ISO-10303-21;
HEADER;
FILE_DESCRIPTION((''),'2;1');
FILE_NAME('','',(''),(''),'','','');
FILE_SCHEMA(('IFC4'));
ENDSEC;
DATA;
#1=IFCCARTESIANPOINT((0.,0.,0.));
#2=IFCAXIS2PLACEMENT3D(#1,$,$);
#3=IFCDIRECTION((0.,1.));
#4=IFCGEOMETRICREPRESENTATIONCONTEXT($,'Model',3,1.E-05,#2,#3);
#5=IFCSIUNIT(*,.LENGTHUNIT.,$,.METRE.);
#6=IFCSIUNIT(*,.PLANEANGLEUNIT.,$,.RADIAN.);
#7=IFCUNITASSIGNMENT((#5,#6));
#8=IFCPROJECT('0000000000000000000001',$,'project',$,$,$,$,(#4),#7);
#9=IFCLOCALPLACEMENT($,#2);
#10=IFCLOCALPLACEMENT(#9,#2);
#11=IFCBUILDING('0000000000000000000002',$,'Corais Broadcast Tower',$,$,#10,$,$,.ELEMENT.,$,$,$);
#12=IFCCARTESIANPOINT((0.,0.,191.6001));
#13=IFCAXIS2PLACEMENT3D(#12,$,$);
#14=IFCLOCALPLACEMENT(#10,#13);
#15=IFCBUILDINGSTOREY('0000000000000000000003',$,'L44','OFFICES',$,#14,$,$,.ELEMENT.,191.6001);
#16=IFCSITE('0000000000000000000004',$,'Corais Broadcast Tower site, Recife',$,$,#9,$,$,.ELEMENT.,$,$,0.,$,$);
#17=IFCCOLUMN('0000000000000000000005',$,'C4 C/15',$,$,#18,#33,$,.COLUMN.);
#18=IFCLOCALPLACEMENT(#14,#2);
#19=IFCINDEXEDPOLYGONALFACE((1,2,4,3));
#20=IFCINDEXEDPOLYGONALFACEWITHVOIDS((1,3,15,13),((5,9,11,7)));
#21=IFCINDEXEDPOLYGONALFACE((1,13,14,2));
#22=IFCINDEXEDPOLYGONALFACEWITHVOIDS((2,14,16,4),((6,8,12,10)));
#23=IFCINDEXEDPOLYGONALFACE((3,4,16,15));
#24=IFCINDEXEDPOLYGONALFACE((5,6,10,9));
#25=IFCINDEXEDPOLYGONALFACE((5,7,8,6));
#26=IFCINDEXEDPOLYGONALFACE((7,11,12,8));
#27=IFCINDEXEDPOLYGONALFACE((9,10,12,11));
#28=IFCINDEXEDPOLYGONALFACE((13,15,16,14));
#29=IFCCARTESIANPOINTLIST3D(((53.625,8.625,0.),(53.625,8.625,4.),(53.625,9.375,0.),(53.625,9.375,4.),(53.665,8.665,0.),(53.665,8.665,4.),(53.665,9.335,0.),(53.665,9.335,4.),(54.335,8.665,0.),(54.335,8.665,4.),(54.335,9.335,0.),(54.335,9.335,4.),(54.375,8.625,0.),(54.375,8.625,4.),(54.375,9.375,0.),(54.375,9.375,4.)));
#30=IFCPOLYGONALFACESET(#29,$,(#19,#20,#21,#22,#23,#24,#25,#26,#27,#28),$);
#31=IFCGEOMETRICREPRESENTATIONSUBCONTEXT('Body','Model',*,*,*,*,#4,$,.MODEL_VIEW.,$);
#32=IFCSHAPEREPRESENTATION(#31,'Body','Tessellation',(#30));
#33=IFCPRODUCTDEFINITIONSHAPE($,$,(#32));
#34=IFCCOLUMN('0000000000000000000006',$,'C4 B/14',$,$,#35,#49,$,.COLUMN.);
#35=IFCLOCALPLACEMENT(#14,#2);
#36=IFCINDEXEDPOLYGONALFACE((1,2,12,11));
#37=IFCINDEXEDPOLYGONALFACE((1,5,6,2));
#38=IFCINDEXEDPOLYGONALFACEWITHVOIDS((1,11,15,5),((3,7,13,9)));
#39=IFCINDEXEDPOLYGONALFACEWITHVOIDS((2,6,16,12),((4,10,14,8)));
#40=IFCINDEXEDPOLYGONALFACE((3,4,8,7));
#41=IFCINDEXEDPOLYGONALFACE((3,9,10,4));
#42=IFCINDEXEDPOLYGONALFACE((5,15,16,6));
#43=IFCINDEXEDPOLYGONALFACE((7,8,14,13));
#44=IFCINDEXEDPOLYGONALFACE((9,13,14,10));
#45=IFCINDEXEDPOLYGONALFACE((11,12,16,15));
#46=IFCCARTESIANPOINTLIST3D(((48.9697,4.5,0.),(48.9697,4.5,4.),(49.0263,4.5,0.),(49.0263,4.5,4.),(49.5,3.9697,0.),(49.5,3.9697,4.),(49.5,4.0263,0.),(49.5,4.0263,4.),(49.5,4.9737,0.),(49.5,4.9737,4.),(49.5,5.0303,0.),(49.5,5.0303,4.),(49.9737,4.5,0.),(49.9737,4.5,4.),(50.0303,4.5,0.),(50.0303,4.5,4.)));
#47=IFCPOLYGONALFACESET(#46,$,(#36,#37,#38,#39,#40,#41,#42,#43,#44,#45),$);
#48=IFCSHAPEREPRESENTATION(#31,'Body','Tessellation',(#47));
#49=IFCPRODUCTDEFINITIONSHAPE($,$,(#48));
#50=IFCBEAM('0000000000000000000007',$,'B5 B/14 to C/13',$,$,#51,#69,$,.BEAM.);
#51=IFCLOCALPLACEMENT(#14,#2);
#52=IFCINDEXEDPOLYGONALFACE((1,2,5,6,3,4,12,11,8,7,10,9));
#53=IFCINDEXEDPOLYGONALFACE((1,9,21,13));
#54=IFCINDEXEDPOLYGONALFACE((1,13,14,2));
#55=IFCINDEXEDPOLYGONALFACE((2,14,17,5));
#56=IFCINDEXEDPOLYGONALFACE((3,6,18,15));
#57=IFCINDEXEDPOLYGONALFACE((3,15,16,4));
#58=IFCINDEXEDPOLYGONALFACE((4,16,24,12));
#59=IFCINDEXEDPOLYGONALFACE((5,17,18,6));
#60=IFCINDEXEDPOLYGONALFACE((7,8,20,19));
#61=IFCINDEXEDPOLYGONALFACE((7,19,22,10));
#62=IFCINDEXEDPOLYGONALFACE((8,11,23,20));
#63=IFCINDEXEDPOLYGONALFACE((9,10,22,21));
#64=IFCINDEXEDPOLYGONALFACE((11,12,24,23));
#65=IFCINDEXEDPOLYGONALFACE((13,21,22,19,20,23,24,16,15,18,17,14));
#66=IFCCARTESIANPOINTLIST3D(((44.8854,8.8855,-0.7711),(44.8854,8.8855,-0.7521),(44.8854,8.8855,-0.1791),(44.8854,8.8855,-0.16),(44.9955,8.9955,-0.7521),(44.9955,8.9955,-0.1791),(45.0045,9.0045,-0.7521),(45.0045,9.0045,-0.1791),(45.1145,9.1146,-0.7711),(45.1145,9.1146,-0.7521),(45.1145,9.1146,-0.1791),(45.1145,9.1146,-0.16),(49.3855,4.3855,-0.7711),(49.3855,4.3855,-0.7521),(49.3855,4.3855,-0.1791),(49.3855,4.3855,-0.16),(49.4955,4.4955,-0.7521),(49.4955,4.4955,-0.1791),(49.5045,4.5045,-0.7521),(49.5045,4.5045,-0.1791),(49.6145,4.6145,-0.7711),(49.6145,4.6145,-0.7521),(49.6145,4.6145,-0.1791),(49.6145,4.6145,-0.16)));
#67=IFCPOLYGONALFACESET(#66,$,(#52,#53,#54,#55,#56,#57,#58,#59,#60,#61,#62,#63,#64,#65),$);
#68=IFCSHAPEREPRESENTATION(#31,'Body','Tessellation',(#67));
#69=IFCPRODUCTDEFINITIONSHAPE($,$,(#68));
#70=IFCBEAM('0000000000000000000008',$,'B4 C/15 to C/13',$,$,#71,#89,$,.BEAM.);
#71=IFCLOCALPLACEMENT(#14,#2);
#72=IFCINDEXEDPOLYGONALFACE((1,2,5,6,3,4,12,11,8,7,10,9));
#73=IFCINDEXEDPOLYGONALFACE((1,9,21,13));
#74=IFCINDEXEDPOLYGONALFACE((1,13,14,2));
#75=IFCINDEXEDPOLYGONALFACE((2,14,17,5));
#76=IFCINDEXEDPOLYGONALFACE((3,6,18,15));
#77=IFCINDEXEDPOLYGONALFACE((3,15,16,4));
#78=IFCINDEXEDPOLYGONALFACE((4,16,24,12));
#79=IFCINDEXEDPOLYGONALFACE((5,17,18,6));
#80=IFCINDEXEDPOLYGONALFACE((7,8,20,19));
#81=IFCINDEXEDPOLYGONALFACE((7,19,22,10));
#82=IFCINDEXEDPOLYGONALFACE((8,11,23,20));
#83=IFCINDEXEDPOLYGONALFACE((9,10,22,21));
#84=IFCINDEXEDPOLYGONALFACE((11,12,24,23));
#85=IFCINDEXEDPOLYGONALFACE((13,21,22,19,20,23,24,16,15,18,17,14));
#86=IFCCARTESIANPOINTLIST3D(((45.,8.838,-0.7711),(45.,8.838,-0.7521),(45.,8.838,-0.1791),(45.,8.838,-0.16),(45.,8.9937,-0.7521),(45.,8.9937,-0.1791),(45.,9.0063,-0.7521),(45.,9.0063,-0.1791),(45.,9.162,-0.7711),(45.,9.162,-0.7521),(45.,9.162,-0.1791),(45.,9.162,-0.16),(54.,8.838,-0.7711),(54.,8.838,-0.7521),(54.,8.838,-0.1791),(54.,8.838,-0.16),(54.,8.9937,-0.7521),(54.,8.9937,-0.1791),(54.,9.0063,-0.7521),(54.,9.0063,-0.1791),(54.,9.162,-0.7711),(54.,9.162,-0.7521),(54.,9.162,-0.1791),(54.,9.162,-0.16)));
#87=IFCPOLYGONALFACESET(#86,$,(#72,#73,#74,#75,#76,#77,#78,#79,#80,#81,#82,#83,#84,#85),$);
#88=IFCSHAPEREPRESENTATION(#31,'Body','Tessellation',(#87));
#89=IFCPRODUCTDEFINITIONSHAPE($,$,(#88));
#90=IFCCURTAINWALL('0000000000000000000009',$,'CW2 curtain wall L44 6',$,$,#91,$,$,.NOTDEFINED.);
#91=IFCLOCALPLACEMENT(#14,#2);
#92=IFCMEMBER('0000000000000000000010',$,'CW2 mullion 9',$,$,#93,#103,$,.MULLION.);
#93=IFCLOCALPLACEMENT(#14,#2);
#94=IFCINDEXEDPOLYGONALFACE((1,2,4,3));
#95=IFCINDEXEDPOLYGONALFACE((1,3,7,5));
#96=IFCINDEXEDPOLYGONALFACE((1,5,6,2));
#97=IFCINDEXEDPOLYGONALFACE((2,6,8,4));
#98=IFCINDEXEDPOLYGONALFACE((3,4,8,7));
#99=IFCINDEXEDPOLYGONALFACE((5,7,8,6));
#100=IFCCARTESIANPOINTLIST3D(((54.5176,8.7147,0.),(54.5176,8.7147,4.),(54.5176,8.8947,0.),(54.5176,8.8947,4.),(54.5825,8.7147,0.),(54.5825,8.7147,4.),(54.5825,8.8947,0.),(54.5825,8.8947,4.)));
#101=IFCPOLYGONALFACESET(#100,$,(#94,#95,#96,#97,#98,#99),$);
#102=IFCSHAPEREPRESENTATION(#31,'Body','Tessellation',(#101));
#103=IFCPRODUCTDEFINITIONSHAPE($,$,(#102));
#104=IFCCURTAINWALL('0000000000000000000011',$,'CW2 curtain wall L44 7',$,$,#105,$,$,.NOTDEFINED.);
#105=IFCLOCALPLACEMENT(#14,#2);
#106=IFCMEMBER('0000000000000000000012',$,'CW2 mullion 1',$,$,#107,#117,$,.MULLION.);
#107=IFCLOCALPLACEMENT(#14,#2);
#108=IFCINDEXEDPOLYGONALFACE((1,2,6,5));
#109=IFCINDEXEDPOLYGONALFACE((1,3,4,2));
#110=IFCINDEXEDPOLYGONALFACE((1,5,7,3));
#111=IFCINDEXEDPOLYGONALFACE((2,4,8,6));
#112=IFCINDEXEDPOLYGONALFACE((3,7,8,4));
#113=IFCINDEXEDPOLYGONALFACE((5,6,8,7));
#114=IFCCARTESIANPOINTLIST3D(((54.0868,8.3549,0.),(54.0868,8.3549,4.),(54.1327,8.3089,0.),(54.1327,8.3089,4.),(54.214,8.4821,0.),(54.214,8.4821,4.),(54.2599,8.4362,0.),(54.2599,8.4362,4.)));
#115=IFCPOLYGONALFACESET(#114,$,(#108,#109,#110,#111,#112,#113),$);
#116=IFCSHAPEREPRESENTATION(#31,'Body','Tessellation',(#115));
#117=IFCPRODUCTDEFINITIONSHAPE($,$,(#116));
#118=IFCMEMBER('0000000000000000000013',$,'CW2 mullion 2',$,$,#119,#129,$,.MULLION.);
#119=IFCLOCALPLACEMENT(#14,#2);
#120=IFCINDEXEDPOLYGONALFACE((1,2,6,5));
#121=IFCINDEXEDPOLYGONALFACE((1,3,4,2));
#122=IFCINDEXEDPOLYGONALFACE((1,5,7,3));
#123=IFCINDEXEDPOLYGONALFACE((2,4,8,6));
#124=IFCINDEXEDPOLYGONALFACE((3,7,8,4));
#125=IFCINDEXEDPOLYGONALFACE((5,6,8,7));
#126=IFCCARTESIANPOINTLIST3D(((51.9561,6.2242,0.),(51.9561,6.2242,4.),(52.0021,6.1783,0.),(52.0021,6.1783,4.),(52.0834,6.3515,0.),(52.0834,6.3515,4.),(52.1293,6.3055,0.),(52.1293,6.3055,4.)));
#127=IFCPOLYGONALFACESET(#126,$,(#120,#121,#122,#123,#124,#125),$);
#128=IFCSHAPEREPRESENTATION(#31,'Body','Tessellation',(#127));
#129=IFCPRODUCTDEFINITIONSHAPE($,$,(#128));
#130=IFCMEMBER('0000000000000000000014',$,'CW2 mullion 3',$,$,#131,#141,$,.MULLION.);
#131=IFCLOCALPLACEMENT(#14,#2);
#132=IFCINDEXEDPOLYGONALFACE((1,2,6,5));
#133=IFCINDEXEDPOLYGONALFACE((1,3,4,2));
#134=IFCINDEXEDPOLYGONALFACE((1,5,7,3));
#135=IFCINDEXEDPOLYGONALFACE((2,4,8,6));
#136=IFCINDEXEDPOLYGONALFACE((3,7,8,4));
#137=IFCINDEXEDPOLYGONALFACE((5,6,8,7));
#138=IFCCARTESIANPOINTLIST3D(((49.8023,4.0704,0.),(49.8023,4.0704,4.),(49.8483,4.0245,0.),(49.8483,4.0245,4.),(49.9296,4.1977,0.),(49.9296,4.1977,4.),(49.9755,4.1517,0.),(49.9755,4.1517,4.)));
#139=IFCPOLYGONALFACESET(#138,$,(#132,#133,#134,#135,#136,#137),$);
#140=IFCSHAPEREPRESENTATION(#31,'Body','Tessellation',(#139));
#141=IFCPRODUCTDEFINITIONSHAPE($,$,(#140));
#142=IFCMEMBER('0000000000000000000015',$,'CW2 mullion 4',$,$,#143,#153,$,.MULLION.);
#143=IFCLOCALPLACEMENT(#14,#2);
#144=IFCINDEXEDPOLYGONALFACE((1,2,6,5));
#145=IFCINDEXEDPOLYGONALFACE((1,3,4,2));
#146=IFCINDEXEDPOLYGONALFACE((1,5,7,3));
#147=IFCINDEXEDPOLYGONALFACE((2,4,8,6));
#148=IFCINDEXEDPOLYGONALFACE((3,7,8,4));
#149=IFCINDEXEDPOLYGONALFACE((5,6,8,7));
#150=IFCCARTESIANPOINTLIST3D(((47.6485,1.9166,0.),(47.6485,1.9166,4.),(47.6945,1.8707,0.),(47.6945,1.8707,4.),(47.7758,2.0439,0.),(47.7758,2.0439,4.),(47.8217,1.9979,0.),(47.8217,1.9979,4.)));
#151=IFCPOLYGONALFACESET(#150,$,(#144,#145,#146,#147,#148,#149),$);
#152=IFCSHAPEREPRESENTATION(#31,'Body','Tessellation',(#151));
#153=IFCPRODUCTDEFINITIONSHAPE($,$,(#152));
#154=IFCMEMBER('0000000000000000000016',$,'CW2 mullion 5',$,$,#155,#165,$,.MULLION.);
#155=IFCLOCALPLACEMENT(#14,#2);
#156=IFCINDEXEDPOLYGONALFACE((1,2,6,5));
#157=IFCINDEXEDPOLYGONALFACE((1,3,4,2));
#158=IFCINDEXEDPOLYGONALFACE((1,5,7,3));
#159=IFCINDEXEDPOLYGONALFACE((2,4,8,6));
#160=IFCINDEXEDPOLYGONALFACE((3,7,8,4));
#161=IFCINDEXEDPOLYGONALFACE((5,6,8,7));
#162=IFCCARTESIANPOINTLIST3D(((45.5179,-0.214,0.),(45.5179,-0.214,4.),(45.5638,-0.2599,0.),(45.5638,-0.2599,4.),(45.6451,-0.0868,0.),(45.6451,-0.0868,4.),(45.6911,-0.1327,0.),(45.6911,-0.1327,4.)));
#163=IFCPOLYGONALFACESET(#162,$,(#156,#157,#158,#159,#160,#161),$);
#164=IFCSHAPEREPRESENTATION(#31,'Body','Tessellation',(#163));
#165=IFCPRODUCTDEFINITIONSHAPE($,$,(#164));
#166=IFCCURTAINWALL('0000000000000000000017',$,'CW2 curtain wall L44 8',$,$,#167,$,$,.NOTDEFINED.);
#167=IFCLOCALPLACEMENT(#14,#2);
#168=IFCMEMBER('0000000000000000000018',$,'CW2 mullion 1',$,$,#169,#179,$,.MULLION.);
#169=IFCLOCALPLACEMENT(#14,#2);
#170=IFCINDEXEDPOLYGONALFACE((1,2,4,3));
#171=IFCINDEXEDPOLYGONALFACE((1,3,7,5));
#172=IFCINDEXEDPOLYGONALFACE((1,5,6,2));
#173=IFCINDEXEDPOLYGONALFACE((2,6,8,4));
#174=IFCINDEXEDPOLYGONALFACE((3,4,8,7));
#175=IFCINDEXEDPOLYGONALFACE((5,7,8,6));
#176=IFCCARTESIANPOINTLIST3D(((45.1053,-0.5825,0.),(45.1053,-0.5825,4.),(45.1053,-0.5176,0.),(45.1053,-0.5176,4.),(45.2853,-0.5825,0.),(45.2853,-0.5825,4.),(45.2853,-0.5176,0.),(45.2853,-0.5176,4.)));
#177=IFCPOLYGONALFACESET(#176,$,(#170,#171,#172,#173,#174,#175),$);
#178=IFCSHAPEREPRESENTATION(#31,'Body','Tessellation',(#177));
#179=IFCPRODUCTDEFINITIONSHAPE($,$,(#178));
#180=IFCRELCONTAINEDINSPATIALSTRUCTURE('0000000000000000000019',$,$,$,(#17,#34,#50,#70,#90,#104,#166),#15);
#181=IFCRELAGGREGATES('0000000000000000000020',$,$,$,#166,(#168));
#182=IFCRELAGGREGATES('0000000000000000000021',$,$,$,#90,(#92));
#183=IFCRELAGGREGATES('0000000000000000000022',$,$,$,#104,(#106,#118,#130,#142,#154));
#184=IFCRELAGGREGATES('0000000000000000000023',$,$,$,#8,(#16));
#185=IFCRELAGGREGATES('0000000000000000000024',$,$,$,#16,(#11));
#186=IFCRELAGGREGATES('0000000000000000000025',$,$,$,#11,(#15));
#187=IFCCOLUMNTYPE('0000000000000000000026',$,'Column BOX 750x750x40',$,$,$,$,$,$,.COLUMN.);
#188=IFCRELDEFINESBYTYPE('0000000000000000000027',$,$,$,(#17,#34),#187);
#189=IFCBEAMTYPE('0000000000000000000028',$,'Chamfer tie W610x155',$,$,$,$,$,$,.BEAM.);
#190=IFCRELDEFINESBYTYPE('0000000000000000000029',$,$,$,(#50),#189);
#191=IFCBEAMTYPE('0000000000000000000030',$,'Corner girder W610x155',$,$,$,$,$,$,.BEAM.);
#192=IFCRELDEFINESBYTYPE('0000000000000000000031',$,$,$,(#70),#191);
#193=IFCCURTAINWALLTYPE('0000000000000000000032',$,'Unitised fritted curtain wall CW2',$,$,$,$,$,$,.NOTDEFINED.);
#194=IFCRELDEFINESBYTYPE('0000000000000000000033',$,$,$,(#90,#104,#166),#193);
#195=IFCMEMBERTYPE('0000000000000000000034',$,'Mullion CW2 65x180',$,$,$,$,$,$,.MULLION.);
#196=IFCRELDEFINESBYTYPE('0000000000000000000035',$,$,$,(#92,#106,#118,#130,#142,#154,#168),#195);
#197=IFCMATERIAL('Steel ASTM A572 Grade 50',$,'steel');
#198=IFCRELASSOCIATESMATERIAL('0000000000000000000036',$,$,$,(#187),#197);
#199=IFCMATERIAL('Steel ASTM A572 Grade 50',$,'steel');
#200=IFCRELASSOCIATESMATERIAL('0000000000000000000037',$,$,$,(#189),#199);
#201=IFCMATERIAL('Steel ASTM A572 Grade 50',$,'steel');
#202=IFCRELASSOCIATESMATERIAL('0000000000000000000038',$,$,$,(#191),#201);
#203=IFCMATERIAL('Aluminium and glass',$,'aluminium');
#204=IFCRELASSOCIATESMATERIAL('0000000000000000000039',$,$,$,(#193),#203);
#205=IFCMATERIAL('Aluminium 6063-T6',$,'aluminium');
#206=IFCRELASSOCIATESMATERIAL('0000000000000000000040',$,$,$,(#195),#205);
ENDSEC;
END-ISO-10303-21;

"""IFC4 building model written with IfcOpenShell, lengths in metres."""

from ifc_helpers import new_model, si_unit, direction, frame, origin, origin_2d, place, context, subcontext, project, spatial, rectangle, hollow_rectangle, i_section, extrude, material, material_profile, profile_set, type_object, element, aggregate, save


model = new_model("IFC4")

# Units and contexts
model_context = context("Model", 3, precision=1e-05, world=origin(), true_north=direction((0.0, 1.0)))
body_context = subcontext(model_context, "Body", "Model", "MODEL_VIEW")
ifc_project = project(units=[si_unit("LENGTHUNIT", "METRE"), si_unit("PLANEANGLEUNIT", "RADIAN")], contexts=[model_context])

# Site, building, storey
site_placement = place(None, origin())
site = spatial("IfcSite", under=ifc_project, at=site_placement, Name="Corais Broadcast Tower site, Recife", CompositionType="ELEMENT", RefElevation=0.0)
building_placement = place(site_placement, origin())
building = spatial("IfcBuilding", under=site, at=building_placement, Name="Corais Broadcast Tower", CompositionType="ELEMENT")
storey_placement = place(building_placement, frame((0.0, 0.0, 191.6001)))
storey = spatial("IfcBuildingStorey", under=building, at=storey_placement, Name="L44", Description="OFFICES", CompositionType="ELEMENT", Elevation=191.6001)

# Columns
ifc_material_1 = material(Name="Steel ASTM A572 Grade 50", Category="steel")
ifc_material_profile_1 = material_profile(ifc_material_1, hollow_rectangle(XDim=0.75, YDim=0.75, WallThickness=0.04, at=origin_2d()), Name="BOX 750x750x40")
ifc_profile_set_1 = profile_set([ifc_material_profile_1], Name="Steel ASTM A572 Grade 50")
column_type = type_object("IfcColumnType", Name="Column BOX 750x750x40", PredefinedType="COLUMN", material=ifc_profile_set_1)
for number, where, z_axis, x_axis, name in (
    (1, (54.0, 9.0, 0.0), (0.0, 0.0, 1.0), (1.0, 0.0, 0.0), "C4 C/15"),
    (2, (49.5, 4.5, 0.0), (0.0, 0.0, 1.0), (0.707107, 0.707107, 0.0), "C4 B/14"),
):
    element("IfcColumn", number, at=place(storey_placement, frame(where, z_axis=z_axis, x_axis=x_axis)), inside=storey, type_object=column_type, Name=name, PredefinedType="COLUMN", context=body_context, shape_type="SweptSolid", body=[
        extrude(hollow_rectangle(XDim=0.75, YDim=0.75, WallThickness=0.04, at=origin_2d()), origin(), (0.0, 0.0, 1.0), 4.0),
    ])

# Beams
ifc_material_2 = material(Name="Steel ASTM A572 Grade 50", Category="steel")
ifc_material_profile_2 = material_profile(ifc_material_2, i_section(OverallWidth=0.324, OverallDepth=0.6111, WebThickness=0.0127, FlangeThickness=0.019, at=origin_2d()), Name="W610x155")
ifc_profile_set_2 = profile_set([ifc_material_profile_2], Name="Steel ASTM A572 Grade 50")
beam_type_1 = type_object("IfcBeamType", Name="Chamfer tie W610x155", PredefinedType="BEAM", material=ifc_profile_set_2)
beam_1_placement = place(storey_placement, frame((49.5, 4.5, -0.4656), z_axis=(-0.707107, 0.707107, 0.0), x_axis=(-0.707107, -0.707107, 0.0)))
element("IfcBeam", 3, at=beam_1_placement, inside=storey, type_object=beam_type_1, Name="B5 B/14 to C/13", PredefinedType="BEAM", context=body_context, shape_type="SweptSolid", body=[
    extrude(i_section(OverallWidth=0.324, OverallDepth=0.6111, WebThickness=0.0127, FlangeThickness=0.019, at=origin_2d()), origin(), (0.0, 0.0, 1.0), 6.364),
])
ifc_material_3 = material(Name="Steel ASTM A572 Grade 50", Category="steel")
ifc_material_profile_3 = material_profile(ifc_material_3, i_section(OverallWidth=0.324, OverallDepth=0.6111, WebThickness=0.0127, FlangeThickness=0.019, at=origin_2d()), Name="W610x155")
ifc_profile_set_3 = profile_set([ifc_material_profile_3], Name="Steel ASTM A572 Grade 50")
beam_type_2 = type_object("IfcBeamType", Name="Corner girder W610x155", PredefinedType="BEAM", material=ifc_profile_set_3)
beam_2_placement = place(storey_placement, frame((54.0, 9.0, -0.4656), z_axis=(-1.0, 0.0, 0.0), x_axis=(0.0, -1.0, 0.0)))
element("IfcBeam", 4, at=beam_2_placement, inside=storey, type_object=beam_type_2, Name="B4 C/15 to C/13", PredefinedType="BEAM", context=body_context, shape_type="SweptSolid", body=[
    extrude(i_section(OverallWidth=0.324, OverallDepth=0.6111, WebThickness=0.0127, FlangeThickness=0.019, at=origin_2d()), origin(), (0.0, 0.0, 1.0), 9.0),
])

# Curtain wall, member
ifc_material_4 = material(Name="Aluminium and glass", Category="aluminium")
curtain_wall_type = type_object("IfcCurtainWallType", Name="Unitised fritted curtain wall CW2", PredefinedType="NOTDEFINED", material=ifc_material_4)
curtain_wall_1_placement = place(storey_placement, origin())
curtain_wall_1 = element("IfcCurtainWall", 5, at=curtain_wall_1_placement, inside=storey, type_object=curtain_wall_type, Name="CW2 curtain wall L44 6", PredefinedType="NOTDEFINED")
ifc_material_5 = material(Name="Aluminium 6063-T6", Category="aluminium")
ifc_material_profile_4 = material_profile(ifc_material_5, rectangle(XDim=0.0649, YDim=0.1799, at=origin_2d()), Name="Mullion CW2 65x180")
ifc_profile_set_4 = profile_set([ifc_material_profile_4], Name="Aluminium 6063-T6")
member_type_1 = type_object("IfcMemberType", Name="Mullion CW2 65x180", PredefinedType="MULLION", material=ifc_profile_set_4)
member_1_placement = place(storey_placement, frame((54.55, 8.8047, 0.0), z_axis=(0.0, 0.0, 1.0), x_axis=(1.0, 0.0, 0.0)))
member_1 = element("IfcMember", 6, at=member_1_placement, type_object=member_type_1, Name="CW2 mullion 9", PredefinedType="MULLION", context=body_context, shape_type="SweptSolid", body=[
    extrude(rectangle(XDim=0.0649, YDim=0.1799, at=origin_2d()), origin(), (0.0, 0.0, 1.0), 4.0),
])

# Curtain wall, members
curtain_wall_2_placement = place(storey_placement, origin())
curtain_wall_2 = element("IfcCurtainWall", 7, at=curtain_wall_2_placement, inside=storey, type_object=curtain_wall_type, Name="CW2 curtain wall L44 7", PredefinedType="NOTDEFINED")
member_2_placement = place(storey_placement, frame((54.1733, 8.3955, 0.0), z_axis=(0.0, 0.0, 1.0), x_axis=(0.707107, -0.707107, 0.0)))
member_2 = element("IfcMember", 8, at=member_2_placement, type_object=member_type_1, Name="CW2 mullion 1", PredefinedType="MULLION", context=body_context, shape_type="SweptSolid", body=[
    extrude(rectangle(XDim=0.0649, YDim=0.1799, at=origin_2d()), origin(), (0.0, 0.0, 1.0), 4.0),
])
member_3_placement = place(storey_placement, frame((52.0427, 6.2649, 0.0), z_axis=(0.0, 0.0, 1.0), x_axis=(0.707107, -0.707107, 0.0)))
member_3 = element("IfcMember", 9, at=member_3_placement, type_object=member_type_1, Name="CW2 mullion 2", PredefinedType="MULLION", context=body_context, shape_type="SweptSolid", body=[
    extrude(rectangle(XDim=0.0649, YDim=0.1799, at=origin_2d()), origin(), (0.0, 0.0, 1.0), 4.0),
])
member_4_placement = place(storey_placement, frame((49.8889, 4.1111, 0.0), z_axis=(0.0, 0.0, 1.0), x_axis=(0.707107, -0.707107, 0.0)))
member_4 = element("IfcMember", 10, at=member_4_placement, type_object=member_type_1, Name="CW2 mullion 3", PredefinedType="MULLION", context=body_context, shape_type="SweptSolid", body=[
    extrude(rectangle(XDim=0.0649, YDim=0.1799, at=origin_2d()), origin(), (0.0, 0.0, 1.0), 4.0),
])
member_5_placement = place(storey_placement, frame((47.7351, 1.9573, 0.0), z_axis=(0.0, 0.0, 1.0), x_axis=(0.707107, -0.707107, 0.0)))
member_5 = element("IfcMember", 11, at=member_5_placement, type_object=member_type_1, Name="CW2 mullion 4", PredefinedType="MULLION", context=body_context, shape_type="SweptSolid", body=[
    extrude(rectangle(XDim=0.0649, YDim=0.1799, at=origin_2d()), origin(), (0.0, 0.0, 1.0), 4.0),
])
member_6_placement = place(storey_placement, frame((45.6045, -0.1733, 0.0), z_axis=(0.0, 0.0, 1.0), x_axis=(0.707107, -0.707107, 0.0)))
member_6 = element("IfcMember", 12, at=member_6_placement, type_object=member_type_1, Name="CW2 mullion 5", PredefinedType="MULLION", context=body_context, shape_type="SweptSolid", body=[
    extrude(rectangle(XDim=0.0649, YDim=0.1799, at=origin_2d()), origin(), (0.0, 0.0, 1.0), 4.0),
])

# Curtain wall, member
curtain_wall_3_placement = place(storey_placement, origin())
curtain_wall_3 = element("IfcCurtainWall", 13, at=curtain_wall_3_placement, inside=storey, type_object=curtain_wall_type, Name="CW2 curtain wall L44 8", PredefinedType="NOTDEFINED")
member_7_placement = place(storey_placement, frame((45.1953, -0.55, 0.0), z_axis=(0.0, 0.0, 1.0), x_axis=(0.0, -1.0, 0.0)))
member_7 = element("IfcMember", 14, at=member_7_placement, type_object=member_type_1, Name="CW2 mullion 1", PredefinedType="MULLION", context=body_context, shape_type="SweptSolid", body=[
    extrude(rectangle(XDim=0.0649, YDim=0.1799, at=origin_2d()), origin(), (0.0, 0.0, 1.0), 4.0),
])
aggregate(curtain_wall_3, [member_7])

aggregate(curtain_wall_1, [member_1])
aggregate(curtain_wall_2, [member_2, member_3, member_4, member_5, member_6])

save(model, "model.ifc")
